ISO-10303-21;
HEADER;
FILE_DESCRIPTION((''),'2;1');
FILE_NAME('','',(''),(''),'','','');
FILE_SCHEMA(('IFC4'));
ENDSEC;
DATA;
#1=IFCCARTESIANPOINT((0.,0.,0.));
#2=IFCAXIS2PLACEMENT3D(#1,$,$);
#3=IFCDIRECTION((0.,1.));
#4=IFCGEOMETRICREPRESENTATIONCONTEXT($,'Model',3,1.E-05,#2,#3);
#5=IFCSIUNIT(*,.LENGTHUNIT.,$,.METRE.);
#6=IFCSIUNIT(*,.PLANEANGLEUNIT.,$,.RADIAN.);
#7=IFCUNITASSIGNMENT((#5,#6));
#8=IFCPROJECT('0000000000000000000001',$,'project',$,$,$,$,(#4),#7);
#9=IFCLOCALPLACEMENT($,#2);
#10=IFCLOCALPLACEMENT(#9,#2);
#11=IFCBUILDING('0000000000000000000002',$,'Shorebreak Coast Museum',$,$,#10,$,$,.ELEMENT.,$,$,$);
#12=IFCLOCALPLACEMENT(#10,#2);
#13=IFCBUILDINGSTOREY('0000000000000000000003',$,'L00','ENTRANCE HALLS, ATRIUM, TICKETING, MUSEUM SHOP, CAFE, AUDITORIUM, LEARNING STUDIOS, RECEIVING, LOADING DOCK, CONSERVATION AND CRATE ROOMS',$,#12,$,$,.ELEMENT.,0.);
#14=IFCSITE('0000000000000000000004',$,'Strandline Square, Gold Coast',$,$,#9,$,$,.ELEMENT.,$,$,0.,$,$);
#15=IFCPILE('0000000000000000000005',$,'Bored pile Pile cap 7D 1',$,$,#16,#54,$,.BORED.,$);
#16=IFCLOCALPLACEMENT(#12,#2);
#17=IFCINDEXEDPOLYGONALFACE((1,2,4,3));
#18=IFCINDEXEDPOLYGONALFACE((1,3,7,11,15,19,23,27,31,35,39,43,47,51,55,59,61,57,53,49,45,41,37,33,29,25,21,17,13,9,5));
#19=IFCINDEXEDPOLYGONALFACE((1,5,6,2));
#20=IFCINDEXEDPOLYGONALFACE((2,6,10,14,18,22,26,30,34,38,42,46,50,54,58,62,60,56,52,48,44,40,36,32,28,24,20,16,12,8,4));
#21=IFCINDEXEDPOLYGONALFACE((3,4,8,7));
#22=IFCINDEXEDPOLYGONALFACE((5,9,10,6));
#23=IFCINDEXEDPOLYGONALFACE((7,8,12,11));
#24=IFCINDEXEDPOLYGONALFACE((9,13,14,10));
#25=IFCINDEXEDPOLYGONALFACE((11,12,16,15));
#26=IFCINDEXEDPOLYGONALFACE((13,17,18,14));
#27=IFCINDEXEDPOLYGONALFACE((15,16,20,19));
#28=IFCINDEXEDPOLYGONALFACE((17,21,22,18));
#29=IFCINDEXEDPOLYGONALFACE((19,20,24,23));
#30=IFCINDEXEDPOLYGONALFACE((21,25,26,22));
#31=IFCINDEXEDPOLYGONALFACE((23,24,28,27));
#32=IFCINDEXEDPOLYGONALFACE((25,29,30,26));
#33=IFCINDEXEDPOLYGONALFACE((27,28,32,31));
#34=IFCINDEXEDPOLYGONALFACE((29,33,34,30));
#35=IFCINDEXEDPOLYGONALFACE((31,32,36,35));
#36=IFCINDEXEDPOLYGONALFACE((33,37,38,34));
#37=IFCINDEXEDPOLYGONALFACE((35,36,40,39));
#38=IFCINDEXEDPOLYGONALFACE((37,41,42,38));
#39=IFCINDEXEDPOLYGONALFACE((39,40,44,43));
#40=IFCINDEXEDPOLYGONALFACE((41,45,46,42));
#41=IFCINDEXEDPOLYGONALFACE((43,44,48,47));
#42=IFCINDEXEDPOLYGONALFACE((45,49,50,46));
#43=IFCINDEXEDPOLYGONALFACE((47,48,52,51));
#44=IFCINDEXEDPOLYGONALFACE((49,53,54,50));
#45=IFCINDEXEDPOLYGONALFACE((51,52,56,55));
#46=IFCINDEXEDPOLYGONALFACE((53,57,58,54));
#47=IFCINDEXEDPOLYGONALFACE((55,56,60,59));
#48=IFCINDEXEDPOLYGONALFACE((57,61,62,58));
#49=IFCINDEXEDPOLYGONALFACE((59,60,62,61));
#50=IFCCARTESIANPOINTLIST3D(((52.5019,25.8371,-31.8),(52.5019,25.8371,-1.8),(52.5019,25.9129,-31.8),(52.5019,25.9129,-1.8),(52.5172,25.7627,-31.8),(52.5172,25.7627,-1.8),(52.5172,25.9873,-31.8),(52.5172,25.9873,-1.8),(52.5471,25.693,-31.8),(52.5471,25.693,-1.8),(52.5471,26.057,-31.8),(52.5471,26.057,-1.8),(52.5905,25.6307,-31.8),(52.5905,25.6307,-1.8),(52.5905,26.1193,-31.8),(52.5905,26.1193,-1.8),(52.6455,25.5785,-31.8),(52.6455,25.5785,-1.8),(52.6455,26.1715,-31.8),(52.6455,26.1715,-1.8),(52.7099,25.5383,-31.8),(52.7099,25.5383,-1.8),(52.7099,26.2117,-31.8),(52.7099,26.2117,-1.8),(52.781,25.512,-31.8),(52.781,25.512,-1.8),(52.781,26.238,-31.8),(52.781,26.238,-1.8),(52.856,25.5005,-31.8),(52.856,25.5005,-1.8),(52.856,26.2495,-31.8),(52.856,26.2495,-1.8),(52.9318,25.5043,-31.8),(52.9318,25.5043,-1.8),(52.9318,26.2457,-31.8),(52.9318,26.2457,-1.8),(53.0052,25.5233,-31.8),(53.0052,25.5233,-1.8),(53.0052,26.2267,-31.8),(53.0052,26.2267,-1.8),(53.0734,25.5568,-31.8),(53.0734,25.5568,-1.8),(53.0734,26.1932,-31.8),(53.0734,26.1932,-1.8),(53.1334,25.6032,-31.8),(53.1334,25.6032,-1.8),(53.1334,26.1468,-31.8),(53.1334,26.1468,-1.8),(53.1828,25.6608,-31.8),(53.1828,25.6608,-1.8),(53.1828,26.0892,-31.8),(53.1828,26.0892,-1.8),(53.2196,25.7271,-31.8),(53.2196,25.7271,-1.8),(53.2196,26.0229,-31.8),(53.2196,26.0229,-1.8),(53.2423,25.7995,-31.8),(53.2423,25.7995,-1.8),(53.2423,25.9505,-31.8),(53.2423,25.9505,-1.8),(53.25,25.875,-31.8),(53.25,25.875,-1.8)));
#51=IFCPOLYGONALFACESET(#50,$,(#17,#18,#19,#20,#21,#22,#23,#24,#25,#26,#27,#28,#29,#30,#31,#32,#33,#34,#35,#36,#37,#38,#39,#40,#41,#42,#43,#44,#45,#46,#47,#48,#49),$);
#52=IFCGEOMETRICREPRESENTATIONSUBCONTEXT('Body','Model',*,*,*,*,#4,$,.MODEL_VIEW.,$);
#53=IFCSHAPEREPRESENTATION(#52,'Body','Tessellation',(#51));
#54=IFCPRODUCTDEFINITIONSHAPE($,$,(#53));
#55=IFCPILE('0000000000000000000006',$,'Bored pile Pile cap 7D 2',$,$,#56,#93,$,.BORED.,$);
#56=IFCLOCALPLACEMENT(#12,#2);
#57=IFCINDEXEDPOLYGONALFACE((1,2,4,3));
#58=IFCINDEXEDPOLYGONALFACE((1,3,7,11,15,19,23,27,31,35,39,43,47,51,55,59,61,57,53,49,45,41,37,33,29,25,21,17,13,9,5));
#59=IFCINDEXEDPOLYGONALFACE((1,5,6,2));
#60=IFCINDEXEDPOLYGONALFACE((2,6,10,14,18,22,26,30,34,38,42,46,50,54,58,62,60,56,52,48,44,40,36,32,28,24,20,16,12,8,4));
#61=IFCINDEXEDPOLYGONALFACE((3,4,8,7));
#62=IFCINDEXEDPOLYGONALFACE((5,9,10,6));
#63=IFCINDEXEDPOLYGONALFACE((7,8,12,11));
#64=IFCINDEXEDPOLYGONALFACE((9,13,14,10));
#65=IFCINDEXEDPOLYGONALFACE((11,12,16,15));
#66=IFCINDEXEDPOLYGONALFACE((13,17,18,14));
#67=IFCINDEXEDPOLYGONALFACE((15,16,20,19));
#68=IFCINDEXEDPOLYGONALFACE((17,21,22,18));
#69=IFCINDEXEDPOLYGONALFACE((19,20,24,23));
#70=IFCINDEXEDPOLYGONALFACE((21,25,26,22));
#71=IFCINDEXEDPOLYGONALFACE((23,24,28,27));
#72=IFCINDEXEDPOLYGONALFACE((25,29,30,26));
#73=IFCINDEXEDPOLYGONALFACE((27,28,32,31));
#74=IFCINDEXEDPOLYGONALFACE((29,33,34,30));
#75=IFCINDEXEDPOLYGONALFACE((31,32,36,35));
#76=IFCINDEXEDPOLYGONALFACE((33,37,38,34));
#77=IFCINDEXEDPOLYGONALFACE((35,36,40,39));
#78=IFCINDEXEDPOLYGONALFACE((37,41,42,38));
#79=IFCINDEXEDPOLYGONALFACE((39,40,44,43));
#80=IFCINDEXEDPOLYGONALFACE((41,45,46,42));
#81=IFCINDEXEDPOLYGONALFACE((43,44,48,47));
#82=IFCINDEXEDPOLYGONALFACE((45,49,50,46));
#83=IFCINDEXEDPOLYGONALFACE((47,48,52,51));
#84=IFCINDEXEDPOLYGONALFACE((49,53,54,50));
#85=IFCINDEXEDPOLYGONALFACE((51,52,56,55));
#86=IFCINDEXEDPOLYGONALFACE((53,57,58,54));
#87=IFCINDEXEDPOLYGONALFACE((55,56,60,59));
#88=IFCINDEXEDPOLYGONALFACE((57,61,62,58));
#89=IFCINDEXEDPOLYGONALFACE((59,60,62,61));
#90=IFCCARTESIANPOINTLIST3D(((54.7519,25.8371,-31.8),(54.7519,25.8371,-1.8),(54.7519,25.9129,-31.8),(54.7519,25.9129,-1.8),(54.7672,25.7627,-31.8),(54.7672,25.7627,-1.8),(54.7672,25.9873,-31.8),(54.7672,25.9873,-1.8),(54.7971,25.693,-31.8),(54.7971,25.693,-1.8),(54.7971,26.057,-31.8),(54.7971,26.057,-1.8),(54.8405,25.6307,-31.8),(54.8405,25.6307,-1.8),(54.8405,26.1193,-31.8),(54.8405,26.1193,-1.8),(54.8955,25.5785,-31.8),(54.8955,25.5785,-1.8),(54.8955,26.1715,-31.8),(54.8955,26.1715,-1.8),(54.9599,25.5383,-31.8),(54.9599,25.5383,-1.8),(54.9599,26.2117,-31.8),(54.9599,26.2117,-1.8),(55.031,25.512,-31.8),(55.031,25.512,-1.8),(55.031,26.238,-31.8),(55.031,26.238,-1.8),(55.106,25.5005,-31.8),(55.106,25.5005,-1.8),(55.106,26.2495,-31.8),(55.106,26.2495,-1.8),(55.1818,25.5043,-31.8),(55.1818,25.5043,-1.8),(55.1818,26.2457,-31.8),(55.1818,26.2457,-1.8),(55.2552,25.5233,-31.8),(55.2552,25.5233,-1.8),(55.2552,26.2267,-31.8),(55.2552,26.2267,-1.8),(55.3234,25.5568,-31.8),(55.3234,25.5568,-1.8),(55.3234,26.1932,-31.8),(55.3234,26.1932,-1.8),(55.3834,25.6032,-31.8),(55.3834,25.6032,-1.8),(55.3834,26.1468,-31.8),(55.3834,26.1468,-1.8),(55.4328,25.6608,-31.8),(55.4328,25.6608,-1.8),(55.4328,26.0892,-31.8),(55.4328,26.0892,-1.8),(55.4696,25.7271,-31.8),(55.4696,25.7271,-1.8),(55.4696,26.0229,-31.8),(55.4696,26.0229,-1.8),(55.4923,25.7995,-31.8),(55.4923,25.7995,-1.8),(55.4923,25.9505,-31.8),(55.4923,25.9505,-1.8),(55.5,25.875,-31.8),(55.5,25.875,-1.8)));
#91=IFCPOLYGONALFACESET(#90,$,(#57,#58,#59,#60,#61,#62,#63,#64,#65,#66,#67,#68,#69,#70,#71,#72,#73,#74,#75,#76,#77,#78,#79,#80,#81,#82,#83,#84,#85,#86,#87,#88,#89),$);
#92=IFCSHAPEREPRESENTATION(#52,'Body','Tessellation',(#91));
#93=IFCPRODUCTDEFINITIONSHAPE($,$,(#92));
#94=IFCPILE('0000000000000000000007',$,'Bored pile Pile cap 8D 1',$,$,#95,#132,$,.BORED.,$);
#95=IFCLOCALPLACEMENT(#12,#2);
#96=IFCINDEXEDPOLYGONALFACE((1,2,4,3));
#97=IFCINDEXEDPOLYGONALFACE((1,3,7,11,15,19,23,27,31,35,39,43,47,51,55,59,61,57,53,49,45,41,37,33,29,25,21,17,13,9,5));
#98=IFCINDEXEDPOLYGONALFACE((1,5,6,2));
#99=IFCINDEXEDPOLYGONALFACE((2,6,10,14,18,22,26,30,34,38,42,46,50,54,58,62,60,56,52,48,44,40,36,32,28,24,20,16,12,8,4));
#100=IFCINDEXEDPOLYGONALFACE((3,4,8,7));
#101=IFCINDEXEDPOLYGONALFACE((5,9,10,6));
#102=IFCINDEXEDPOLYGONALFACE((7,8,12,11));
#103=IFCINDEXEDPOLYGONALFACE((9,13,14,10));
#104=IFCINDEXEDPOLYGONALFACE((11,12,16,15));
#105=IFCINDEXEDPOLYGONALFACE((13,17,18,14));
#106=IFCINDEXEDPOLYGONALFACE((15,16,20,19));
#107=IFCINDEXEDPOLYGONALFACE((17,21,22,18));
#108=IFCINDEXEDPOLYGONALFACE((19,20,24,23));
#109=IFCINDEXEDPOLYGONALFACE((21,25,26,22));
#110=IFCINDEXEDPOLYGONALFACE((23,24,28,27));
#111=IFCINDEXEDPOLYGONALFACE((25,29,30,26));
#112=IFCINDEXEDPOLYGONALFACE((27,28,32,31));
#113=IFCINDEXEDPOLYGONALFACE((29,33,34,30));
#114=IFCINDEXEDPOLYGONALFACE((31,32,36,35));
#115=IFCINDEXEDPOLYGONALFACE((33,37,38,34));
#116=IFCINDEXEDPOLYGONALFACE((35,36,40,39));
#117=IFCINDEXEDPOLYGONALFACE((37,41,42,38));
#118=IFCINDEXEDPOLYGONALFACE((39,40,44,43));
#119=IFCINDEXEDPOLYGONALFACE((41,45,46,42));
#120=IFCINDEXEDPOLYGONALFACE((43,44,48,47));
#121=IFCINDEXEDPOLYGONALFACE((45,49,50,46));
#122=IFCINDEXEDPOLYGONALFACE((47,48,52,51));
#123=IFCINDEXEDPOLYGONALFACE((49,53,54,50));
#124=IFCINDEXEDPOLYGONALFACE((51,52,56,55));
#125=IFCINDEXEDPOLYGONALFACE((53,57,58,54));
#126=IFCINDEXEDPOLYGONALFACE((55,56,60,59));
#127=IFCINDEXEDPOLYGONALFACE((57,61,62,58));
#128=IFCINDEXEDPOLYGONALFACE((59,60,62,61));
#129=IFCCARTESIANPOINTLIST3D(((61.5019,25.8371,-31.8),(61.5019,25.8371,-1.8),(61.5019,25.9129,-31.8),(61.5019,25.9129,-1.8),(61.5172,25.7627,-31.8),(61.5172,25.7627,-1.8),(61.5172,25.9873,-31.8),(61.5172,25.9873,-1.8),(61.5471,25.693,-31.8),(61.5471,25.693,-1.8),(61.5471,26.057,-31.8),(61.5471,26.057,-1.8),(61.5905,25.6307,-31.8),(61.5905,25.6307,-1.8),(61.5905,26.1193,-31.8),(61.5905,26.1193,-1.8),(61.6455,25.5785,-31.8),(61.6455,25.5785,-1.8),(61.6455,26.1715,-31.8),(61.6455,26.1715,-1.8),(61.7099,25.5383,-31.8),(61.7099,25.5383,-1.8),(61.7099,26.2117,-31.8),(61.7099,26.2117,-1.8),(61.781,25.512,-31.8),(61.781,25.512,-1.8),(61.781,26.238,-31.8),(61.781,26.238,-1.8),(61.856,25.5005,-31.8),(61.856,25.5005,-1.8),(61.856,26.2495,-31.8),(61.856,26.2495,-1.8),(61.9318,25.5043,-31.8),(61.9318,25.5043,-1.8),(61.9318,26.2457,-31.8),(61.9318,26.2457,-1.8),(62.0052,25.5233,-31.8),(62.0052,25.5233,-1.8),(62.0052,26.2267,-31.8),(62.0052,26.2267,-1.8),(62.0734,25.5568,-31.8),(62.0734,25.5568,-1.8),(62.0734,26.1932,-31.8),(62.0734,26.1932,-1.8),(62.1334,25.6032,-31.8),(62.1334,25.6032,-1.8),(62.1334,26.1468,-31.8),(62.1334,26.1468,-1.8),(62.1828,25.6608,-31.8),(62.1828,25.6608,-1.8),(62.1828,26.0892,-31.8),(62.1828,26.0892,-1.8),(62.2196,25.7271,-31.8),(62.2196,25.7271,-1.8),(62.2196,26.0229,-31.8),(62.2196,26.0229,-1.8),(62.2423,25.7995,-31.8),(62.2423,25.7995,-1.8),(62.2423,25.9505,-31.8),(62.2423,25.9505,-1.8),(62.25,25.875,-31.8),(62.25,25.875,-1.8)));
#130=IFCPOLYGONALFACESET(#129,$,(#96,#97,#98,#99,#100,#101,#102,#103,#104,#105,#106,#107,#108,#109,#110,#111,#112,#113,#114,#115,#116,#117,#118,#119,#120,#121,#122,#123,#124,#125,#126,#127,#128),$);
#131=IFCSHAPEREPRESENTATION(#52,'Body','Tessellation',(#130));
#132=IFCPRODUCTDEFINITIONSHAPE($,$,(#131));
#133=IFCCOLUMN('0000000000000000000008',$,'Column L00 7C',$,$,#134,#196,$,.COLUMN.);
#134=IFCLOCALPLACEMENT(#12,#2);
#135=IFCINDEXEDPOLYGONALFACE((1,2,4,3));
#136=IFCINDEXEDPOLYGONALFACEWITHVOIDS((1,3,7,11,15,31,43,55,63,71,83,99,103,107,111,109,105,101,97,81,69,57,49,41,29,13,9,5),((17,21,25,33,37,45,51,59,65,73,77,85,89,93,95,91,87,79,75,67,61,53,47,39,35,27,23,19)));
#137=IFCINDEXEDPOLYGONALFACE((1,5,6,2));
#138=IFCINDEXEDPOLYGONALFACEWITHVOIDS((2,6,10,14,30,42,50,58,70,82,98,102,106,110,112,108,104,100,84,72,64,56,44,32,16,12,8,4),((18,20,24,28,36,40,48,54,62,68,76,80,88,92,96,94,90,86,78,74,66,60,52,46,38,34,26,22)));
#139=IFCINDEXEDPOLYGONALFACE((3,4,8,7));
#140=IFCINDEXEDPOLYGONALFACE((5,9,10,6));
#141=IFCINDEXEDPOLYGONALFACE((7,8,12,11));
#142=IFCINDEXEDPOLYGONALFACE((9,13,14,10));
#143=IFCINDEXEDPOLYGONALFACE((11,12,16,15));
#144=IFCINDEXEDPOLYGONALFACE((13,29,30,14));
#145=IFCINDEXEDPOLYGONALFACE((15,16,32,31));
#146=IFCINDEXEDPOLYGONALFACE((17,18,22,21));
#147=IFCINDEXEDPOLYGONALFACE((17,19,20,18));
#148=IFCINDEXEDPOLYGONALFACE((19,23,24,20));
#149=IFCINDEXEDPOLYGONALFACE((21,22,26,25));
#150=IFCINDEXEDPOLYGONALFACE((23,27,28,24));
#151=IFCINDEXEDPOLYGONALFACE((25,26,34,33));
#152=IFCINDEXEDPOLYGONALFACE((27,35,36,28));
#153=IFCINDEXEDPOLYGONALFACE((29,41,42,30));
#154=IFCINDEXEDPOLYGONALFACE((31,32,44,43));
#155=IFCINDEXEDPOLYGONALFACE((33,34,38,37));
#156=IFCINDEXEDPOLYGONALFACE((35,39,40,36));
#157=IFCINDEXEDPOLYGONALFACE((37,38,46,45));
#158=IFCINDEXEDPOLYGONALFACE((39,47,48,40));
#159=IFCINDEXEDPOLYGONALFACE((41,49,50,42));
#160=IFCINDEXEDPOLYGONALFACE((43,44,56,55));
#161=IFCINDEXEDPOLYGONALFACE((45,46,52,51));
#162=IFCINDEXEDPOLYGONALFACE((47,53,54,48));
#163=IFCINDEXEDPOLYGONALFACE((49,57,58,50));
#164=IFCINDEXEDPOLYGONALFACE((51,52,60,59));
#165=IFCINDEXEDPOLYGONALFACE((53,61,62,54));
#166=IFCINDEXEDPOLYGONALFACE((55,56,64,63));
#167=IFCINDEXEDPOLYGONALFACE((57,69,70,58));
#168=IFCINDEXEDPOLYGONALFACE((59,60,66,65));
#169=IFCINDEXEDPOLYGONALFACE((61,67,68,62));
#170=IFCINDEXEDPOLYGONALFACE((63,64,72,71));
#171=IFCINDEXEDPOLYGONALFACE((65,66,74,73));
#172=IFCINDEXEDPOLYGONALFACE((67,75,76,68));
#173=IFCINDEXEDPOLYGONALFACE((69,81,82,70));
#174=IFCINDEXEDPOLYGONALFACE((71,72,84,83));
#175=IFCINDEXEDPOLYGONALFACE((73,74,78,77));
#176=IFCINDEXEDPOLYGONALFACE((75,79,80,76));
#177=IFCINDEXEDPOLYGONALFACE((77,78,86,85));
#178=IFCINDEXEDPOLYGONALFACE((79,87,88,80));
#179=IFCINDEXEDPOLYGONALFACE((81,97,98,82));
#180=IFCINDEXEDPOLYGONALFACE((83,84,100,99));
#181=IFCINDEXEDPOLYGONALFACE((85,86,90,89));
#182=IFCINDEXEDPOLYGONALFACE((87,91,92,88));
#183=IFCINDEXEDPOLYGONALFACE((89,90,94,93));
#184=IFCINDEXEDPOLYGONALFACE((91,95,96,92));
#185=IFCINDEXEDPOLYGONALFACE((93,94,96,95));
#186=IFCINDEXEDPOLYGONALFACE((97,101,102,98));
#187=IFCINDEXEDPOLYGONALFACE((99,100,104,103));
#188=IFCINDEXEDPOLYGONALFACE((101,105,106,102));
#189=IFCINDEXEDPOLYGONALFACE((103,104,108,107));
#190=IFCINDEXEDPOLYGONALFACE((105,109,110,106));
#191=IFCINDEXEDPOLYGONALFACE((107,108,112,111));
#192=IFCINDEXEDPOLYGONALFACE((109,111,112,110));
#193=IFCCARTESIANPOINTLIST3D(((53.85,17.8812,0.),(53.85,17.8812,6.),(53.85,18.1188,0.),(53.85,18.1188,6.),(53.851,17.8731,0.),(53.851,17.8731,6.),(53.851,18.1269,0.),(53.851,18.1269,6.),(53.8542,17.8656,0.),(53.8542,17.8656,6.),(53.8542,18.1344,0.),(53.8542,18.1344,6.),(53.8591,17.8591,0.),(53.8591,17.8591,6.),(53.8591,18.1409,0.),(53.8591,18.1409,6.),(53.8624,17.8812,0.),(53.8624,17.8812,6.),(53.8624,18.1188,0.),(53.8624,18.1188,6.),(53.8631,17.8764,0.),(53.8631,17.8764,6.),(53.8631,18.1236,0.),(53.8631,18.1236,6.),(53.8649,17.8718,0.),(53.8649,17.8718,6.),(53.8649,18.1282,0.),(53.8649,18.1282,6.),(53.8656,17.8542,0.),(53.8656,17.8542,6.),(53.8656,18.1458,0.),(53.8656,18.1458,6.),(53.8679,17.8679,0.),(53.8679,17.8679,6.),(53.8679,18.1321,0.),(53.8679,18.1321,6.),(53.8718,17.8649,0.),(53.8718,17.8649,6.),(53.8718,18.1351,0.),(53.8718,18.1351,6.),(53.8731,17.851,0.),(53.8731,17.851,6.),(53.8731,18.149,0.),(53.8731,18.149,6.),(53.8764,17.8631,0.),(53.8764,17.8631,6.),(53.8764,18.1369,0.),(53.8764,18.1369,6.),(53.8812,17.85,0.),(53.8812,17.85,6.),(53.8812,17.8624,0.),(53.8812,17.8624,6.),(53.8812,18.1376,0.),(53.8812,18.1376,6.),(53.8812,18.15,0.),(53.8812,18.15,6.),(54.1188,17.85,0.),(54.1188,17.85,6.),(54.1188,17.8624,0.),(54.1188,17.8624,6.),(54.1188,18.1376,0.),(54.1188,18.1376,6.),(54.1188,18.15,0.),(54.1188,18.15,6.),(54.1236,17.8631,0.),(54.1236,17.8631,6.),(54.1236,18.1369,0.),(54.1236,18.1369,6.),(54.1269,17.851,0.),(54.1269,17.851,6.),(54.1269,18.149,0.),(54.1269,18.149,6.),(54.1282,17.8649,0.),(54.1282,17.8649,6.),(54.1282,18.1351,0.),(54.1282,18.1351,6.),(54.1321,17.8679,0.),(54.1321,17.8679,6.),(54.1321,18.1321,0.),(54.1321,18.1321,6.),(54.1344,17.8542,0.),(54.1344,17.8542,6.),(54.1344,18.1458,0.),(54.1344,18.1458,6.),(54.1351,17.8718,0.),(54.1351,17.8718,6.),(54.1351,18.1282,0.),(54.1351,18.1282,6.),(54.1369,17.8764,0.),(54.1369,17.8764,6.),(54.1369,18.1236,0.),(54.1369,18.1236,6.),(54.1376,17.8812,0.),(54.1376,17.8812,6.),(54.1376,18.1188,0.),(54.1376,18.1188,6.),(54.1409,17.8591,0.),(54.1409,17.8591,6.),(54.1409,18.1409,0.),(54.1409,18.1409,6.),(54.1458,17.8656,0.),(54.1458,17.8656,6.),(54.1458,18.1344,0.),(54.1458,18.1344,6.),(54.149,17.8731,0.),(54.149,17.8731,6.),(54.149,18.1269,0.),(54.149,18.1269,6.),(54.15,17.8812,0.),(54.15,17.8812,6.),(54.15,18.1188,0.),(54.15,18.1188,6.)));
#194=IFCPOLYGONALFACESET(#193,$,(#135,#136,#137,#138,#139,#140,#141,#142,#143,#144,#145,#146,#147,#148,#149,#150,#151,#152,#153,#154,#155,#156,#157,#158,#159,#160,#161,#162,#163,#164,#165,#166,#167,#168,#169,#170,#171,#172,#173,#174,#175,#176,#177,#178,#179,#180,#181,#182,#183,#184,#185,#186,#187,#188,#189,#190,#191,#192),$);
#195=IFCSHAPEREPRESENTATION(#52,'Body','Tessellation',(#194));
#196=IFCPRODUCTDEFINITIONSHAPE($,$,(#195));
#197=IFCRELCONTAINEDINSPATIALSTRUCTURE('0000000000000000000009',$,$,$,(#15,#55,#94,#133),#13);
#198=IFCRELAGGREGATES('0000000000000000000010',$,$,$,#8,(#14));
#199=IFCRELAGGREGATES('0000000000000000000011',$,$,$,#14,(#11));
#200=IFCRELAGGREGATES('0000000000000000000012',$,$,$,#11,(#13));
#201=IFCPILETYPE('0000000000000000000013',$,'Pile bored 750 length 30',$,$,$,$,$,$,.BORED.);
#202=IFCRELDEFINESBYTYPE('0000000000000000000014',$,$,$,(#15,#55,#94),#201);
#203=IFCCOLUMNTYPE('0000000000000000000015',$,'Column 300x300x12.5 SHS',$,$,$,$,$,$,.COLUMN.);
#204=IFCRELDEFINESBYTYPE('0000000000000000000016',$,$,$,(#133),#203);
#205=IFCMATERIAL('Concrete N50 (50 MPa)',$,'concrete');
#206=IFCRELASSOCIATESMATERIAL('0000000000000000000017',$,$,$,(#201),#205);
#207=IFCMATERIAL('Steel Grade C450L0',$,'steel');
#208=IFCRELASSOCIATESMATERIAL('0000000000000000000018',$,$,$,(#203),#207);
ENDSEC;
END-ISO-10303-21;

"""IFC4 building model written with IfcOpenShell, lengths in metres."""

from ifc_helpers import new_model, si_unit, direction, frame, origin, origin_2d, place, context, subcontext, project, spatial, hollow_rectangle, circle, extrude, material, material_profile, profile_set, type_object, element, save


model = new_model("IFC4")

# Units and contexts
model_context = context("Model", 3, precision=1e-05, world=origin(), true_north=direction((0.0, 1.0)))
body_context = subcontext(model_context, "Body", "Model", "MODEL_VIEW")
ifc_project = project(units=[si_unit("LENGTHUNIT", "METRE"), si_unit("PLANEANGLEUNIT", "RADIAN")], contexts=[model_context])

# Site, building, storey
site_placement = place(None, origin())
site = spatial("IfcSite", under=ifc_project, at=site_placement, Name="Strandline Square, Gold Coast", CompositionType="ELEMENT", RefElevation=0.0)
building_placement = place(site_placement, origin())
building = spatial("IfcBuilding", under=site, at=building_placement, Name="Shorebreak Coast Museum", CompositionType="ELEMENT")
storey_placement = place(building_placement, origin())
storey = spatial("IfcBuildingStorey", under=building, at=storey_placement, Name="L00", Description="ENTRANCE HALLS, ATRIUM, TICKETING, MUSEUM SHOP, CAFE, AUDITORIUM, LEARNING STUDIOS, RECEIVING, LOADING DOCK, CONSERVATION AND CRATE ROOMS", CompositionType="ELEMENT", Elevation=0.0)

# Piles
ifc_material_1 = material(Name="Concrete N50 (50 MPa)", Category="concrete")
ifc_material_profile_1 = material_profile(ifc_material_1, circle(Radius=0.375, at=origin_2d()), Name="Pile bored 750 length 30")
ifc_profile_set_1 = profile_set([ifc_material_profile_1], Name="Concrete N50 (50 MPa)")
pile_type_1 = type_object("IfcPileType", Name="Pile bored 750 length 30", PredefinedType="BORED", material=ifc_profile_set_1)
for number, where, z_axis, x_axis, name in (
    (1, (52.875, 25.875, -1.8), (0.0, 0.0, -1.0), (1.0, 0.0, 0.0), "Bored pile Pile cap 7D 1"),
    (2, (55.125, 25.875, -1.8), (0.0, 0.0, -1.0), (1.0, 0.0, 0.0), "Bored pile Pile cap 7D 2"),
    (3, (61.875, 25.875, -1.8), (0.0, 0.0, -1.0), (1.0, 0.0, 0.0), "Bored pile Pile cap 8D 1"),
):
    element("IfcPile", number, at=place(storey_placement, frame(where, z_axis=z_axis, x_axis=x_axis)), inside=storey, type_object=pile_type_1, Name=name, PredefinedType="BORED", context=body_context, shape_type="SweptSolid", body=[
        extrude(circle(Radius=0.375, at=origin_2d()), origin(), (0.0, 0.0, 1.0), 30.0),
    ])

# Column
ifc_material_2 = material(Name="Steel Grade C450L0", Category="steel")
ifc_material_profile_2 = material_profile(ifc_material_2, hollow_rectangle(XDim=0.3, YDim=0.3, WallThickness=0.0125, InnerFilletRadius=0.0188, OuterFilletRadius=0.0312, at=origin_2d()), Name="300x300x12.5 SHS")
ifc_profile_set_2 = profile_set([ifc_material_profile_2], Name="Steel Grade C450L0")
column_type = type_object("IfcColumnType", Name="Column 300x300x12.5 SHS", PredefinedType="COLUMN", material=ifc_profile_set_2)
for number, where, z_axis, x_axis, name in (
    (4, (54.0, 18.0, 0.0), (0.0, 0.0, 1.0), (1.0, 0.0, 0.0), "Column L00 7C"),
):
    element("IfcColumn", number, at=place(storey_placement, frame(where, z_axis=z_axis, x_axis=x_axis)), inside=storey, type_object=column_type, Name=name, PredefinedType="COLUMN", context=body_context, shape_type="SweptSolid", body=[
        extrude(hollow_rectangle(XDim=0.3, YDim=0.3, WallThickness=0.0125, InnerFilletRadius=0.0188, OuterFilletRadius=0.0312, at=origin_2d()), origin(), (0.0, 0.0, 1.0), 6.0),
    ])

save(model, "model.ifc")
